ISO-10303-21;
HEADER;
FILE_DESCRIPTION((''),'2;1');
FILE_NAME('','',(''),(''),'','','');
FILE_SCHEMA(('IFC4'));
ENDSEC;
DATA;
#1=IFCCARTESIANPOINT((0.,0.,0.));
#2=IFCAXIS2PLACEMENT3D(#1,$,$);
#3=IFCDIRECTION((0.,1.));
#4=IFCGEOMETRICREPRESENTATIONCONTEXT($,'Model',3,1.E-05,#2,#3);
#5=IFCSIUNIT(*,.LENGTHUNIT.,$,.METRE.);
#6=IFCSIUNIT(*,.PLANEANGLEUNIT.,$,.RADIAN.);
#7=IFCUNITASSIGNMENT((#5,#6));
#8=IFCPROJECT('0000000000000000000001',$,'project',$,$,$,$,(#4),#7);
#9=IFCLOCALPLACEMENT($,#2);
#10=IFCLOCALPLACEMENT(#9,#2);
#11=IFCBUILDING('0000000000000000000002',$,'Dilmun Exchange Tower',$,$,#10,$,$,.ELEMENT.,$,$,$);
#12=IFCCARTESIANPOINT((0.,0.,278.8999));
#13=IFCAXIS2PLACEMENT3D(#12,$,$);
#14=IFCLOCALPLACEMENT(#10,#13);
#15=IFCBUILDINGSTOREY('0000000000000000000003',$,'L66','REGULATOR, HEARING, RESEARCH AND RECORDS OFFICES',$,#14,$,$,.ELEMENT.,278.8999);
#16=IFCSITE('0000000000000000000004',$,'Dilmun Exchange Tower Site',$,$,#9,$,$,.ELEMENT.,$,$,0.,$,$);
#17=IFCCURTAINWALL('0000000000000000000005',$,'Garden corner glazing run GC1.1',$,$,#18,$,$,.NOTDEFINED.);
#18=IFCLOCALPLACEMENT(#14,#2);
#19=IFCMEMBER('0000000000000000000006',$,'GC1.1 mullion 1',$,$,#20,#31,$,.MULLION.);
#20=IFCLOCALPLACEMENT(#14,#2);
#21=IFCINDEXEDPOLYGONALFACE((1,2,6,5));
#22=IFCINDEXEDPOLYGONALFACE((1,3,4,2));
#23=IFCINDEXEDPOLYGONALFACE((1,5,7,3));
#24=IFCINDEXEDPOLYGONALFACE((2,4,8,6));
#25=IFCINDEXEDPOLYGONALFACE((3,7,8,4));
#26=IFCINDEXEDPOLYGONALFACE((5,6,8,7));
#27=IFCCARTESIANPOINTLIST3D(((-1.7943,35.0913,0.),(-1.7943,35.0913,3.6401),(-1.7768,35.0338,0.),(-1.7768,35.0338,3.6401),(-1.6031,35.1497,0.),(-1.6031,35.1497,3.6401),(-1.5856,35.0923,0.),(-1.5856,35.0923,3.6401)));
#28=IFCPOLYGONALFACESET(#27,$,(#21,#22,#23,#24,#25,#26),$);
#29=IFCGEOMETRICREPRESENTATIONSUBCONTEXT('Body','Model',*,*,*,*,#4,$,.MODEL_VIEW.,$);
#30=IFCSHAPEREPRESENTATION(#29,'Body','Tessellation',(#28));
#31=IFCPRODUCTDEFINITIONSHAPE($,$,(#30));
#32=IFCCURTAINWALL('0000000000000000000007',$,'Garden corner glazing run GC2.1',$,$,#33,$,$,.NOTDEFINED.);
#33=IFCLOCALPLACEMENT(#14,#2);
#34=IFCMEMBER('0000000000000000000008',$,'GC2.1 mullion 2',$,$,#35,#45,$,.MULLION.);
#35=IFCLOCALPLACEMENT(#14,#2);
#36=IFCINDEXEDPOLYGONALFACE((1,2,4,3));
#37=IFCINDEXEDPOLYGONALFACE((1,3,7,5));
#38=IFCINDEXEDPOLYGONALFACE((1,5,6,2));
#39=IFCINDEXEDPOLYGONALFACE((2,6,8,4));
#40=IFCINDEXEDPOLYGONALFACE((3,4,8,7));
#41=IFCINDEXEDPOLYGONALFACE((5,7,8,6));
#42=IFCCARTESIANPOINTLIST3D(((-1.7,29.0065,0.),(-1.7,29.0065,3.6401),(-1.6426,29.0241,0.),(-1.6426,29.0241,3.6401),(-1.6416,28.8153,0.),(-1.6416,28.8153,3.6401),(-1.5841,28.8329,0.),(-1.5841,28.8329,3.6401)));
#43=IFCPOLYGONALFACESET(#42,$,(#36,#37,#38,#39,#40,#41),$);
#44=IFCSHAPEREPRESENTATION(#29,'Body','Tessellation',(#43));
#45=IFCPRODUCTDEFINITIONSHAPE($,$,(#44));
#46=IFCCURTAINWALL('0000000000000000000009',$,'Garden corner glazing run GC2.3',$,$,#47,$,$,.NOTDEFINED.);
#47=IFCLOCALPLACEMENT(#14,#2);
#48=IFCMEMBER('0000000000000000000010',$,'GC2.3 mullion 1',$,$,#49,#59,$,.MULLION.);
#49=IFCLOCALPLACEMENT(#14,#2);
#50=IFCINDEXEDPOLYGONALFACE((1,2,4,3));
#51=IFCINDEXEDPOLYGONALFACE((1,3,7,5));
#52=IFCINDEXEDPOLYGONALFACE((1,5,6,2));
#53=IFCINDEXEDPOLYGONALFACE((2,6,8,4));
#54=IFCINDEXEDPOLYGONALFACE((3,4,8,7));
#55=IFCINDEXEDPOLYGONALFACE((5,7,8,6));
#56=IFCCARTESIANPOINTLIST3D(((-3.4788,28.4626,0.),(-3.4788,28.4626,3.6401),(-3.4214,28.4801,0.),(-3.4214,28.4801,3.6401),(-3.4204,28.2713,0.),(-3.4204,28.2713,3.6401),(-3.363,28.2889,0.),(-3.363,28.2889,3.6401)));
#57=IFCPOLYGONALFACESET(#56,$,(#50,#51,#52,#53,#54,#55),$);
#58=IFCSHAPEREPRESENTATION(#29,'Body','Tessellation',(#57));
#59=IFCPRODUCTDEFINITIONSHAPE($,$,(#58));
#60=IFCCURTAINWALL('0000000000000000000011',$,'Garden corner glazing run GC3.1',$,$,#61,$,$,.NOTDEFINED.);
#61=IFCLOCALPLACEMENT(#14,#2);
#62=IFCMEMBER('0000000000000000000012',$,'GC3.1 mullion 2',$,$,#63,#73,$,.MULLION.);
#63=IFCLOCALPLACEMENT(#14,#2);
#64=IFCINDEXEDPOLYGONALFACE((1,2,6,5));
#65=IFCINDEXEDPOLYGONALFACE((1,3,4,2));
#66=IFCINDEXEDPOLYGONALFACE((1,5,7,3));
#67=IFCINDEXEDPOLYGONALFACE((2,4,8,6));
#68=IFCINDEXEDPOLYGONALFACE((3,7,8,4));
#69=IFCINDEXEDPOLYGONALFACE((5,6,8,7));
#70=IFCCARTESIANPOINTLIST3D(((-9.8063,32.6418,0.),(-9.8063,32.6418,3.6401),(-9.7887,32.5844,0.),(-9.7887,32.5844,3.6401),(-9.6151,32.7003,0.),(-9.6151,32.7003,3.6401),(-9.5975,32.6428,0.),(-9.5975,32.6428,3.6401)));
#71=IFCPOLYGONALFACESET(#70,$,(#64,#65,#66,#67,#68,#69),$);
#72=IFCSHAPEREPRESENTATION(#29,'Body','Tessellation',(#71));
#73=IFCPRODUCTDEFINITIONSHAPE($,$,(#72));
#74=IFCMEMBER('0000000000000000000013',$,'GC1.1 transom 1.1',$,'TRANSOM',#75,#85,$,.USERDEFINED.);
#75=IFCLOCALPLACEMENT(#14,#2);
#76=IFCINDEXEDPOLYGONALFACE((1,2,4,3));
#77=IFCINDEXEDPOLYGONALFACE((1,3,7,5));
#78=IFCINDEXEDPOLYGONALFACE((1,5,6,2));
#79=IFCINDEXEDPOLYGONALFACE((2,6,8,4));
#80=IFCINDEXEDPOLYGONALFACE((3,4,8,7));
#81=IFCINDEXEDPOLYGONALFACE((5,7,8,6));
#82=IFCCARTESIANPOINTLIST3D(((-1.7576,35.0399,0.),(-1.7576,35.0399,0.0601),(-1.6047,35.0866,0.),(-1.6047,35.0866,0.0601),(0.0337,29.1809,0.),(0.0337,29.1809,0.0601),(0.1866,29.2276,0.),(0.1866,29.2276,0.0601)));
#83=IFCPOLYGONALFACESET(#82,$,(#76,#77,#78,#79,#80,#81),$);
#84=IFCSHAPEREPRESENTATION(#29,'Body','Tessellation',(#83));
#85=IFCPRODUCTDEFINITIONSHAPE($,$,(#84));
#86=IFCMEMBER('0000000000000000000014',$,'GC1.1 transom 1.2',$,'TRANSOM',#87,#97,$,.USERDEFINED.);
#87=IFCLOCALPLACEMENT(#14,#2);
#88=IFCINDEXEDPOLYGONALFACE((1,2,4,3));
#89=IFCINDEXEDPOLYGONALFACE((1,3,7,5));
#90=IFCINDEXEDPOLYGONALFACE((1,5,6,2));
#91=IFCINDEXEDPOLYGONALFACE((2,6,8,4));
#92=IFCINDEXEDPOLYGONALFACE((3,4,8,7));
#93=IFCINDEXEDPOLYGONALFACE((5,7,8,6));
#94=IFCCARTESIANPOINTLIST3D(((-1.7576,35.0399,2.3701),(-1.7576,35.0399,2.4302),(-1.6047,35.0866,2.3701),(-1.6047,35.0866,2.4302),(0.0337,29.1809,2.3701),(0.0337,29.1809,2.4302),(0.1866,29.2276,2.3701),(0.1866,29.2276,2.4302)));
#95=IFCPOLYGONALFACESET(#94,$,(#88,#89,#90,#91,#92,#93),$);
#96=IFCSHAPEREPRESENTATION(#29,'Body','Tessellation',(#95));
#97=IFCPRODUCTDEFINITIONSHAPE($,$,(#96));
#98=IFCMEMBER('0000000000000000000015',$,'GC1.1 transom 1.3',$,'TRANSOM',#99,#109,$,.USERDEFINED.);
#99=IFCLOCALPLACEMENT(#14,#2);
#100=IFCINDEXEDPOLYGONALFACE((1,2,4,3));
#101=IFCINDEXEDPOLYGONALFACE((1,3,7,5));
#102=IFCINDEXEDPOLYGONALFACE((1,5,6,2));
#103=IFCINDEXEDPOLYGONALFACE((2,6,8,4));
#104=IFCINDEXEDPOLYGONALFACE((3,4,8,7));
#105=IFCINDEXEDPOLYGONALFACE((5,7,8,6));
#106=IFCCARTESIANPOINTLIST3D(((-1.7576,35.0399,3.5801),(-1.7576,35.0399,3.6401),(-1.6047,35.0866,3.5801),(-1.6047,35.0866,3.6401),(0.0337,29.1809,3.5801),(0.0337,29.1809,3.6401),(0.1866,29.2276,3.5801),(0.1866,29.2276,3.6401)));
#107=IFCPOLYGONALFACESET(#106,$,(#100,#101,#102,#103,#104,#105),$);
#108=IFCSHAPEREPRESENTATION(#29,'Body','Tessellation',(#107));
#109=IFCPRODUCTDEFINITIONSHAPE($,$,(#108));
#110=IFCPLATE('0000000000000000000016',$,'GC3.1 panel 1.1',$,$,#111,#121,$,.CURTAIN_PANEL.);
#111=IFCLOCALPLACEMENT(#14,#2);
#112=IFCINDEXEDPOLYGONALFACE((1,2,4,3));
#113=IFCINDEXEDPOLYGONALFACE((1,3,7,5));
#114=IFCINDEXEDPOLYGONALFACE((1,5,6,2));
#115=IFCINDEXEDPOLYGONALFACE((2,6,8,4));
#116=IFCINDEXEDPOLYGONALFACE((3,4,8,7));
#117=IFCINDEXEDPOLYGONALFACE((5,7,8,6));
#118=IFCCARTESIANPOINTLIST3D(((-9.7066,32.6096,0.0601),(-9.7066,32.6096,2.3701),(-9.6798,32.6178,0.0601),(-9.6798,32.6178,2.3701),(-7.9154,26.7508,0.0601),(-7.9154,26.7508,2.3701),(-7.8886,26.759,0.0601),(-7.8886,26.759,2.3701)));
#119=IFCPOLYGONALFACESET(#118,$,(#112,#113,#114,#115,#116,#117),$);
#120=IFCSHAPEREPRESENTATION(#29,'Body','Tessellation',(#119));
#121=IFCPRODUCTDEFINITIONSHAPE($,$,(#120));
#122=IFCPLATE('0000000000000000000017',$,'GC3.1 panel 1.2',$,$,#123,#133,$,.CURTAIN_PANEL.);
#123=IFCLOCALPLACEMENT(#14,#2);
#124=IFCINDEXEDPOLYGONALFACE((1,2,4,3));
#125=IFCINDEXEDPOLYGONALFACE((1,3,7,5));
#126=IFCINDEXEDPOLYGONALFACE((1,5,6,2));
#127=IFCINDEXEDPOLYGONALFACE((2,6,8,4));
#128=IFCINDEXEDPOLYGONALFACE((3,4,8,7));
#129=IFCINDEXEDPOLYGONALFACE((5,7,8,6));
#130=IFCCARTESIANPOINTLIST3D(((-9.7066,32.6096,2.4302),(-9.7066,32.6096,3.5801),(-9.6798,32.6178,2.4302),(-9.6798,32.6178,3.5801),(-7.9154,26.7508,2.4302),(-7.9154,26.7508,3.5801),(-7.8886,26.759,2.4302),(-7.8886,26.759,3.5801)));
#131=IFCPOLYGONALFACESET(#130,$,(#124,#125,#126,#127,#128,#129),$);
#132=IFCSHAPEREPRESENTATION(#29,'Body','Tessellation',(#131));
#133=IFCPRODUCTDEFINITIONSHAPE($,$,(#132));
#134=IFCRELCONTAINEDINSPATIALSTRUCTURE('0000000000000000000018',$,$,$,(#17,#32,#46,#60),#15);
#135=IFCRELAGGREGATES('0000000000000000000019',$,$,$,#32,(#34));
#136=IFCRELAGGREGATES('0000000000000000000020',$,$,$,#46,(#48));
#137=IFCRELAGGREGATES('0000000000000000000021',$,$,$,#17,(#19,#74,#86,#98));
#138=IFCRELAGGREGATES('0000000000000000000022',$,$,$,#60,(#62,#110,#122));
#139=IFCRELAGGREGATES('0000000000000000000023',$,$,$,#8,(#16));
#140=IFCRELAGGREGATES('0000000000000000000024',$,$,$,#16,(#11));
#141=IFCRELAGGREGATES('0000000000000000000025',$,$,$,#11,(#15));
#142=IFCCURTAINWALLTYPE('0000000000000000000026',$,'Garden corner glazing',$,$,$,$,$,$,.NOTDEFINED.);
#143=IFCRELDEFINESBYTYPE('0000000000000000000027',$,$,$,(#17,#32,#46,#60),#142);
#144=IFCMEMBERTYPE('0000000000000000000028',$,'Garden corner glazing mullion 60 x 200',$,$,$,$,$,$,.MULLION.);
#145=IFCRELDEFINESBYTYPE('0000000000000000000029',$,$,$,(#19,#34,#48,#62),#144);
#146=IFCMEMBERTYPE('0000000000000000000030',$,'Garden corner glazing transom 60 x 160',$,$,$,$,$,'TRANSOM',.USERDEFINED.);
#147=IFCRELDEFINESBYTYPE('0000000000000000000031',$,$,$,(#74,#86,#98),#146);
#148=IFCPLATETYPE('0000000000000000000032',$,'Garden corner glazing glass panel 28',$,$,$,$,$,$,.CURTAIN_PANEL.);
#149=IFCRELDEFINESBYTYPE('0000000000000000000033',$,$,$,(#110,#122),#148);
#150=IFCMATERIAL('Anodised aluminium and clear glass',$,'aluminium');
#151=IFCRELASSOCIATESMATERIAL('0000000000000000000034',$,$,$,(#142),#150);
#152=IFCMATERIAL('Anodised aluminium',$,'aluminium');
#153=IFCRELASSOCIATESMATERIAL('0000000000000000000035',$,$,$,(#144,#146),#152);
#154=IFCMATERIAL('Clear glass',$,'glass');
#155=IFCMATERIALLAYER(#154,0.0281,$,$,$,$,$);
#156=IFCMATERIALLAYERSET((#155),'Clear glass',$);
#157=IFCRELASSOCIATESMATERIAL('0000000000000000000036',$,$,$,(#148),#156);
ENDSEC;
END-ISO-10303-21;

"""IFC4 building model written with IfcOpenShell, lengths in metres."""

from ifc_helpers import new_model, si_unit, direction, frame, origin, origin_2d, place, context, subcontext, project, spatial, rectangle, extrude, material, layer, layer_set, material_profile, profile_set, type_object, element, aggregate, save


model = new_model("IFC4")

# Units and contexts
model_context = context("Model", 3, precision=1e-05, world=origin(), true_north=direction((0.0, 1.0)))
body_context = subcontext(model_context, "Body", "Model", "MODEL_VIEW")
ifc_project = project(units=[si_unit("LENGTHUNIT", "METRE"), si_unit("PLANEANGLEUNIT", "RADIAN")], contexts=[model_context])

# Site, building, storey
site_placement = place(None, origin())
site = spatial("IfcSite", under=ifc_project, at=site_placement, Name="Dilmun Exchange Tower Site", CompositionType="ELEMENT", RefElevation=0.0)
building_placement = place(site_placement, origin())
building = spatial("IfcBuilding", under=site, at=building_placement, Name="Dilmun Exchange Tower", CompositionType="ELEMENT")
storey_placement = place(building_placement, frame((0.0, 0.0, 278.8999)))
storey = spatial("IfcBuildingStorey", under=building, at=storey_placement, Name="L66", Description="REGULATOR, HEARING, RESEARCH AND RECORDS OFFICES", CompositionType="ELEMENT", Elevation=278.8999)

# Curtain walls, members
ifc_material_1 = material(Name="Anodised aluminium and clear glass", Category="aluminium")
curtain_wall_type = type_object("IfcCurtainWallType", Name="Garden corner glazing", PredefinedType="NOTDEFINED", material=ifc_material_1)
curtain_wall_1_placement = place(storey_placement, origin())
curtain_wall_1 = element("IfcCurtainWall", 1, at=curtain_wall_1_placement, inside=storey, type_object=curtain_wall_type, Name="Garden corner glazing run GC1.1", PredefinedType="NOTDEFINED")
ifc_material_2 = material(Name="Anodised aluminium", Category="aluminium")
ifc_material_profile_1 = material_profile(ifc_material_2, rectangle(XDim=0.2, YDim=0.0601, at=origin_2d()), Name="AL 60x200")
ifc_profile_set_1 = profile_set([ifc_material_profile_1], Name="Anodised aluminium")
member_type_1 = type_object("IfcMemberType", Name="Garden corner glazing mullion 60 x 200", PredefinedType="MULLION", material=ifc_profile_set_1)
member_1_placement = place(storey_placement, frame((-1.6899, 35.0918, 0.0), z_axis=(0.0, 0.0, 1.0), x_axis=(0.956304, 0.292374, 0.0)))
member_1 = element("IfcMember", 2, at=member_1_placement, type_object=member_type_1, Name="GC1.1 mullion 1", PredefinedType="MULLION", context=body_context, shape_type="SweptSolid", body=[
    extrude(rectangle(XDim=0.2, YDim=0.0601, at=origin_2d()), origin(), (0.0, 0.0, 1.0), 3.6401),
])
curtain_wall_2_placement = place(storey_placement, origin())
curtain_wall_2 = element("IfcCurtainWall", 3, at=curtain_wall_2_placement, inside=storey, type_object=curtain_wall_type, Name="Garden corner glazing run GC2.1", PredefinedType="NOTDEFINED")
member_2_placement = place(storey_placement, frame((-1.6421, 28.9197, 0.0), z_axis=(0.0, 0.0, 1.0), x_axis=(0.292396, -0.956297, 0.0)))
member_2 = element("IfcMember", 4, at=member_2_placement, type_object=member_type_1, Name="GC2.1 mullion 2", PredefinedType="MULLION", context=body_context, shape_type="SweptSolid", body=[
    extrude(rectangle(XDim=0.2, YDim=0.0601, at=origin_2d()), origin(), (0.0, 0.0, 1.0), 3.6401),
])
aggregate(curtain_wall_2, [member_2])
curtain_wall_3_placement = place(storey_placement, origin())
curtain_wall_3 = element("IfcCurtainWall", 5, at=curtain_wall_3_placement, inside=storey, type_object=curtain_wall_type, Name="Garden corner glazing run GC2.3", PredefinedType="NOTDEFINED")
member_3_placement = place(storey_placement, frame((-3.4209, 28.3757, 0.0), z_axis=(0.0, 0.0, 1.0), x_axis=(0.292378, -0.956303, 0.0)))
member_3 = element("IfcMember", 6, at=member_3_placement, type_object=member_type_1, Name="GC2.3 mullion 1", PredefinedType="MULLION", context=body_context, shape_type="SweptSolid", body=[
    extrude(rectangle(XDim=0.2, YDim=0.0601, at=origin_2d()), origin(), (0.0, 0.0, 1.0), 3.6401),
])
aggregate(curtain_wall_3, [member_3])
curtain_wall_4_placement = place(storey_placement, origin())
curtain_wall_4 = element("IfcCurtainWall", 7, at=curtain_wall_4_placement, inside=storey, type_object=curtain_wall_type, Name="Garden corner glazing run GC3.1", PredefinedType="NOTDEFINED")
member_4_placement = place(storey_placement, frame((-9.7019, 32.6423, 0.0), z_axis=(0.0, 0.0, 1.0), x_axis=(-0.956304, -0.292374, 0.0)))
member_4 = element("IfcMember", 8, at=member_4_placement, type_object=member_type_1, Name="GC3.1 mullion 2", PredefinedType="MULLION", context=body_context, shape_type="SweptSolid", body=[
    extrude(rectangle(XDim=0.2, YDim=0.0601, at=origin_2d()), origin(), (0.0, 0.0, 1.0), 3.6401),
])

# Members
ifc_material_profile_2 = material_profile(ifc_material_2, rectangle(XDim=0.1599, YDim=0.0601, at=origin_2d()), Name="AL 60x160")
ifc_profile_set_2 = profile_set([ifc_material_profile_2], Name="Anodised aluminium")
member_type_2 = type_object("IfcMemberType", Name="Garden corner glazing transom 60 x 160", ElementType="TRANSOM", PredefinedType="USERDEFINED", material=ifc_profile_set_2)
member_5_placement = place(storey_placement, frame((-1.6812, 35.0632, 0.03), z_axis=(0.292374, -0.956304, 0.0), x_axis=(0.956304, 0.292374, 0.0)))
member_5 = element("IfcMember", 9, at=member_5_placement, type_object=member_type_2, Name="GC1.1 transom 1.1", ObjectType="TRANSOM", PredefinedType="USERDEFINED", context=body_context, shape_type="SweptSolid", body=[
    extrude(rectangle(XDim=0.1599, YDim=0.0601, at=origin_2d()), origin(), (0.0, 0.0, 1.0), 6.1267),
])
member_6_placement = place(storey_placement, frame((-1.6812, 35.0632, 2.4001), z_axis=(0.292374, -0.956304, 0.0), x_axis=(0.956304, 0.292374, 0.0)))
member_6 = element("IfcMember", 10, at=member_6_placement, type_object=member_type_2, Name="GC1.1 transom 1.2", ObjectType="TRANSOM", PredefinedType="USERDEFINED", context=body_context, shape_type="SweptSolid", body=[
    extrude(rectangle(XDim=0.1599, YDim=0.0601, at=origin_2d()), origin(), (0.0, 0.0, 1.0), 6.1267),
])
member_7_placement = place(storey_placement, frame((-1.6812, 35.0632, 3.6101), z_axis=(0.292374, -0.956304, 0.0), x_axis=(0.956304, 0.292374, 0.0)))
member_7 = element("IfcMember", 11, at=member_7_placement, type_object=member_type_2, Name="GC1.1 transom 1.3", ObjectType="TRANSOM", PredefinedType="USERDEFINED", context=body_context, shape_type="SweptSolid", body=[
    extrude(rectangle(XDim=0.1599, YDim=0.0601, at=origin_2d()), origin(), (0.0, 0.0, 1.0), 6.1267),
])
aggregate(curtain_wall_1, [member_1, member_5, member_6, member_7])

# Plates
ifc_material_3 = material(Name="Clear glass", Category="glass")
ifc_layer_1 = layer(ifc_material_3, 0.0281)
ifc_layer_set_1 = layer_set([ifc_layer_1], Name="Clear glass")
plate_type = type_object("IfcPlateType", Name="Garden corner glazing glass panel 28", PredefinedType="CURTAIN_PANEL", material=ifc_layer_set_1)
plate_1_placement = place(storey_placement, frame((-8.7976, 29.6843, 0.0601), z_axis=(0.0, 0.0, 1.0), x_axis=(-0.292374, 0.956304, 0.0)))
plate_1 = element("IfcPlate", 12, at=plate_1_placement, type_object=plate_type, Name="GC3.1 panel 1.1", PredefinedType="CURTAIN_PANEL", context=body_context, shape_type="SweptSolid", body=[
    extrude(rectangle(XDim=6.1265, YDim=0.0281, at=origin_2d()), origin(), (0.0, 0.0, 1.0), 2.3101),
])
plate_2_placement = place(storey_placement, frame((-8.7976, 29.6843, 2.4302), z_axis=(0.0, 0.0, 1.0), x_axis=(-0.292374, 0.956304, 0.0)))
plate_2 = element("IfcPlate", 13, at=plate_2_placement, type_object=plate_type, Name="GC3.1 panel 1.2", PredefinedType="CURTAIN_PANEL", context=body_context, shape_type="SweptSolid", body=[
    extrude(rectangle(XDim=6.1265, YDim=0.0281, at=origin_2d()), origin(), (0.0, 0.0, 1.0), 1.1499),
])
aggregate(curtain_wall_4, [member_4, plate_1, plate_2])

save(model, "model.ifc")
